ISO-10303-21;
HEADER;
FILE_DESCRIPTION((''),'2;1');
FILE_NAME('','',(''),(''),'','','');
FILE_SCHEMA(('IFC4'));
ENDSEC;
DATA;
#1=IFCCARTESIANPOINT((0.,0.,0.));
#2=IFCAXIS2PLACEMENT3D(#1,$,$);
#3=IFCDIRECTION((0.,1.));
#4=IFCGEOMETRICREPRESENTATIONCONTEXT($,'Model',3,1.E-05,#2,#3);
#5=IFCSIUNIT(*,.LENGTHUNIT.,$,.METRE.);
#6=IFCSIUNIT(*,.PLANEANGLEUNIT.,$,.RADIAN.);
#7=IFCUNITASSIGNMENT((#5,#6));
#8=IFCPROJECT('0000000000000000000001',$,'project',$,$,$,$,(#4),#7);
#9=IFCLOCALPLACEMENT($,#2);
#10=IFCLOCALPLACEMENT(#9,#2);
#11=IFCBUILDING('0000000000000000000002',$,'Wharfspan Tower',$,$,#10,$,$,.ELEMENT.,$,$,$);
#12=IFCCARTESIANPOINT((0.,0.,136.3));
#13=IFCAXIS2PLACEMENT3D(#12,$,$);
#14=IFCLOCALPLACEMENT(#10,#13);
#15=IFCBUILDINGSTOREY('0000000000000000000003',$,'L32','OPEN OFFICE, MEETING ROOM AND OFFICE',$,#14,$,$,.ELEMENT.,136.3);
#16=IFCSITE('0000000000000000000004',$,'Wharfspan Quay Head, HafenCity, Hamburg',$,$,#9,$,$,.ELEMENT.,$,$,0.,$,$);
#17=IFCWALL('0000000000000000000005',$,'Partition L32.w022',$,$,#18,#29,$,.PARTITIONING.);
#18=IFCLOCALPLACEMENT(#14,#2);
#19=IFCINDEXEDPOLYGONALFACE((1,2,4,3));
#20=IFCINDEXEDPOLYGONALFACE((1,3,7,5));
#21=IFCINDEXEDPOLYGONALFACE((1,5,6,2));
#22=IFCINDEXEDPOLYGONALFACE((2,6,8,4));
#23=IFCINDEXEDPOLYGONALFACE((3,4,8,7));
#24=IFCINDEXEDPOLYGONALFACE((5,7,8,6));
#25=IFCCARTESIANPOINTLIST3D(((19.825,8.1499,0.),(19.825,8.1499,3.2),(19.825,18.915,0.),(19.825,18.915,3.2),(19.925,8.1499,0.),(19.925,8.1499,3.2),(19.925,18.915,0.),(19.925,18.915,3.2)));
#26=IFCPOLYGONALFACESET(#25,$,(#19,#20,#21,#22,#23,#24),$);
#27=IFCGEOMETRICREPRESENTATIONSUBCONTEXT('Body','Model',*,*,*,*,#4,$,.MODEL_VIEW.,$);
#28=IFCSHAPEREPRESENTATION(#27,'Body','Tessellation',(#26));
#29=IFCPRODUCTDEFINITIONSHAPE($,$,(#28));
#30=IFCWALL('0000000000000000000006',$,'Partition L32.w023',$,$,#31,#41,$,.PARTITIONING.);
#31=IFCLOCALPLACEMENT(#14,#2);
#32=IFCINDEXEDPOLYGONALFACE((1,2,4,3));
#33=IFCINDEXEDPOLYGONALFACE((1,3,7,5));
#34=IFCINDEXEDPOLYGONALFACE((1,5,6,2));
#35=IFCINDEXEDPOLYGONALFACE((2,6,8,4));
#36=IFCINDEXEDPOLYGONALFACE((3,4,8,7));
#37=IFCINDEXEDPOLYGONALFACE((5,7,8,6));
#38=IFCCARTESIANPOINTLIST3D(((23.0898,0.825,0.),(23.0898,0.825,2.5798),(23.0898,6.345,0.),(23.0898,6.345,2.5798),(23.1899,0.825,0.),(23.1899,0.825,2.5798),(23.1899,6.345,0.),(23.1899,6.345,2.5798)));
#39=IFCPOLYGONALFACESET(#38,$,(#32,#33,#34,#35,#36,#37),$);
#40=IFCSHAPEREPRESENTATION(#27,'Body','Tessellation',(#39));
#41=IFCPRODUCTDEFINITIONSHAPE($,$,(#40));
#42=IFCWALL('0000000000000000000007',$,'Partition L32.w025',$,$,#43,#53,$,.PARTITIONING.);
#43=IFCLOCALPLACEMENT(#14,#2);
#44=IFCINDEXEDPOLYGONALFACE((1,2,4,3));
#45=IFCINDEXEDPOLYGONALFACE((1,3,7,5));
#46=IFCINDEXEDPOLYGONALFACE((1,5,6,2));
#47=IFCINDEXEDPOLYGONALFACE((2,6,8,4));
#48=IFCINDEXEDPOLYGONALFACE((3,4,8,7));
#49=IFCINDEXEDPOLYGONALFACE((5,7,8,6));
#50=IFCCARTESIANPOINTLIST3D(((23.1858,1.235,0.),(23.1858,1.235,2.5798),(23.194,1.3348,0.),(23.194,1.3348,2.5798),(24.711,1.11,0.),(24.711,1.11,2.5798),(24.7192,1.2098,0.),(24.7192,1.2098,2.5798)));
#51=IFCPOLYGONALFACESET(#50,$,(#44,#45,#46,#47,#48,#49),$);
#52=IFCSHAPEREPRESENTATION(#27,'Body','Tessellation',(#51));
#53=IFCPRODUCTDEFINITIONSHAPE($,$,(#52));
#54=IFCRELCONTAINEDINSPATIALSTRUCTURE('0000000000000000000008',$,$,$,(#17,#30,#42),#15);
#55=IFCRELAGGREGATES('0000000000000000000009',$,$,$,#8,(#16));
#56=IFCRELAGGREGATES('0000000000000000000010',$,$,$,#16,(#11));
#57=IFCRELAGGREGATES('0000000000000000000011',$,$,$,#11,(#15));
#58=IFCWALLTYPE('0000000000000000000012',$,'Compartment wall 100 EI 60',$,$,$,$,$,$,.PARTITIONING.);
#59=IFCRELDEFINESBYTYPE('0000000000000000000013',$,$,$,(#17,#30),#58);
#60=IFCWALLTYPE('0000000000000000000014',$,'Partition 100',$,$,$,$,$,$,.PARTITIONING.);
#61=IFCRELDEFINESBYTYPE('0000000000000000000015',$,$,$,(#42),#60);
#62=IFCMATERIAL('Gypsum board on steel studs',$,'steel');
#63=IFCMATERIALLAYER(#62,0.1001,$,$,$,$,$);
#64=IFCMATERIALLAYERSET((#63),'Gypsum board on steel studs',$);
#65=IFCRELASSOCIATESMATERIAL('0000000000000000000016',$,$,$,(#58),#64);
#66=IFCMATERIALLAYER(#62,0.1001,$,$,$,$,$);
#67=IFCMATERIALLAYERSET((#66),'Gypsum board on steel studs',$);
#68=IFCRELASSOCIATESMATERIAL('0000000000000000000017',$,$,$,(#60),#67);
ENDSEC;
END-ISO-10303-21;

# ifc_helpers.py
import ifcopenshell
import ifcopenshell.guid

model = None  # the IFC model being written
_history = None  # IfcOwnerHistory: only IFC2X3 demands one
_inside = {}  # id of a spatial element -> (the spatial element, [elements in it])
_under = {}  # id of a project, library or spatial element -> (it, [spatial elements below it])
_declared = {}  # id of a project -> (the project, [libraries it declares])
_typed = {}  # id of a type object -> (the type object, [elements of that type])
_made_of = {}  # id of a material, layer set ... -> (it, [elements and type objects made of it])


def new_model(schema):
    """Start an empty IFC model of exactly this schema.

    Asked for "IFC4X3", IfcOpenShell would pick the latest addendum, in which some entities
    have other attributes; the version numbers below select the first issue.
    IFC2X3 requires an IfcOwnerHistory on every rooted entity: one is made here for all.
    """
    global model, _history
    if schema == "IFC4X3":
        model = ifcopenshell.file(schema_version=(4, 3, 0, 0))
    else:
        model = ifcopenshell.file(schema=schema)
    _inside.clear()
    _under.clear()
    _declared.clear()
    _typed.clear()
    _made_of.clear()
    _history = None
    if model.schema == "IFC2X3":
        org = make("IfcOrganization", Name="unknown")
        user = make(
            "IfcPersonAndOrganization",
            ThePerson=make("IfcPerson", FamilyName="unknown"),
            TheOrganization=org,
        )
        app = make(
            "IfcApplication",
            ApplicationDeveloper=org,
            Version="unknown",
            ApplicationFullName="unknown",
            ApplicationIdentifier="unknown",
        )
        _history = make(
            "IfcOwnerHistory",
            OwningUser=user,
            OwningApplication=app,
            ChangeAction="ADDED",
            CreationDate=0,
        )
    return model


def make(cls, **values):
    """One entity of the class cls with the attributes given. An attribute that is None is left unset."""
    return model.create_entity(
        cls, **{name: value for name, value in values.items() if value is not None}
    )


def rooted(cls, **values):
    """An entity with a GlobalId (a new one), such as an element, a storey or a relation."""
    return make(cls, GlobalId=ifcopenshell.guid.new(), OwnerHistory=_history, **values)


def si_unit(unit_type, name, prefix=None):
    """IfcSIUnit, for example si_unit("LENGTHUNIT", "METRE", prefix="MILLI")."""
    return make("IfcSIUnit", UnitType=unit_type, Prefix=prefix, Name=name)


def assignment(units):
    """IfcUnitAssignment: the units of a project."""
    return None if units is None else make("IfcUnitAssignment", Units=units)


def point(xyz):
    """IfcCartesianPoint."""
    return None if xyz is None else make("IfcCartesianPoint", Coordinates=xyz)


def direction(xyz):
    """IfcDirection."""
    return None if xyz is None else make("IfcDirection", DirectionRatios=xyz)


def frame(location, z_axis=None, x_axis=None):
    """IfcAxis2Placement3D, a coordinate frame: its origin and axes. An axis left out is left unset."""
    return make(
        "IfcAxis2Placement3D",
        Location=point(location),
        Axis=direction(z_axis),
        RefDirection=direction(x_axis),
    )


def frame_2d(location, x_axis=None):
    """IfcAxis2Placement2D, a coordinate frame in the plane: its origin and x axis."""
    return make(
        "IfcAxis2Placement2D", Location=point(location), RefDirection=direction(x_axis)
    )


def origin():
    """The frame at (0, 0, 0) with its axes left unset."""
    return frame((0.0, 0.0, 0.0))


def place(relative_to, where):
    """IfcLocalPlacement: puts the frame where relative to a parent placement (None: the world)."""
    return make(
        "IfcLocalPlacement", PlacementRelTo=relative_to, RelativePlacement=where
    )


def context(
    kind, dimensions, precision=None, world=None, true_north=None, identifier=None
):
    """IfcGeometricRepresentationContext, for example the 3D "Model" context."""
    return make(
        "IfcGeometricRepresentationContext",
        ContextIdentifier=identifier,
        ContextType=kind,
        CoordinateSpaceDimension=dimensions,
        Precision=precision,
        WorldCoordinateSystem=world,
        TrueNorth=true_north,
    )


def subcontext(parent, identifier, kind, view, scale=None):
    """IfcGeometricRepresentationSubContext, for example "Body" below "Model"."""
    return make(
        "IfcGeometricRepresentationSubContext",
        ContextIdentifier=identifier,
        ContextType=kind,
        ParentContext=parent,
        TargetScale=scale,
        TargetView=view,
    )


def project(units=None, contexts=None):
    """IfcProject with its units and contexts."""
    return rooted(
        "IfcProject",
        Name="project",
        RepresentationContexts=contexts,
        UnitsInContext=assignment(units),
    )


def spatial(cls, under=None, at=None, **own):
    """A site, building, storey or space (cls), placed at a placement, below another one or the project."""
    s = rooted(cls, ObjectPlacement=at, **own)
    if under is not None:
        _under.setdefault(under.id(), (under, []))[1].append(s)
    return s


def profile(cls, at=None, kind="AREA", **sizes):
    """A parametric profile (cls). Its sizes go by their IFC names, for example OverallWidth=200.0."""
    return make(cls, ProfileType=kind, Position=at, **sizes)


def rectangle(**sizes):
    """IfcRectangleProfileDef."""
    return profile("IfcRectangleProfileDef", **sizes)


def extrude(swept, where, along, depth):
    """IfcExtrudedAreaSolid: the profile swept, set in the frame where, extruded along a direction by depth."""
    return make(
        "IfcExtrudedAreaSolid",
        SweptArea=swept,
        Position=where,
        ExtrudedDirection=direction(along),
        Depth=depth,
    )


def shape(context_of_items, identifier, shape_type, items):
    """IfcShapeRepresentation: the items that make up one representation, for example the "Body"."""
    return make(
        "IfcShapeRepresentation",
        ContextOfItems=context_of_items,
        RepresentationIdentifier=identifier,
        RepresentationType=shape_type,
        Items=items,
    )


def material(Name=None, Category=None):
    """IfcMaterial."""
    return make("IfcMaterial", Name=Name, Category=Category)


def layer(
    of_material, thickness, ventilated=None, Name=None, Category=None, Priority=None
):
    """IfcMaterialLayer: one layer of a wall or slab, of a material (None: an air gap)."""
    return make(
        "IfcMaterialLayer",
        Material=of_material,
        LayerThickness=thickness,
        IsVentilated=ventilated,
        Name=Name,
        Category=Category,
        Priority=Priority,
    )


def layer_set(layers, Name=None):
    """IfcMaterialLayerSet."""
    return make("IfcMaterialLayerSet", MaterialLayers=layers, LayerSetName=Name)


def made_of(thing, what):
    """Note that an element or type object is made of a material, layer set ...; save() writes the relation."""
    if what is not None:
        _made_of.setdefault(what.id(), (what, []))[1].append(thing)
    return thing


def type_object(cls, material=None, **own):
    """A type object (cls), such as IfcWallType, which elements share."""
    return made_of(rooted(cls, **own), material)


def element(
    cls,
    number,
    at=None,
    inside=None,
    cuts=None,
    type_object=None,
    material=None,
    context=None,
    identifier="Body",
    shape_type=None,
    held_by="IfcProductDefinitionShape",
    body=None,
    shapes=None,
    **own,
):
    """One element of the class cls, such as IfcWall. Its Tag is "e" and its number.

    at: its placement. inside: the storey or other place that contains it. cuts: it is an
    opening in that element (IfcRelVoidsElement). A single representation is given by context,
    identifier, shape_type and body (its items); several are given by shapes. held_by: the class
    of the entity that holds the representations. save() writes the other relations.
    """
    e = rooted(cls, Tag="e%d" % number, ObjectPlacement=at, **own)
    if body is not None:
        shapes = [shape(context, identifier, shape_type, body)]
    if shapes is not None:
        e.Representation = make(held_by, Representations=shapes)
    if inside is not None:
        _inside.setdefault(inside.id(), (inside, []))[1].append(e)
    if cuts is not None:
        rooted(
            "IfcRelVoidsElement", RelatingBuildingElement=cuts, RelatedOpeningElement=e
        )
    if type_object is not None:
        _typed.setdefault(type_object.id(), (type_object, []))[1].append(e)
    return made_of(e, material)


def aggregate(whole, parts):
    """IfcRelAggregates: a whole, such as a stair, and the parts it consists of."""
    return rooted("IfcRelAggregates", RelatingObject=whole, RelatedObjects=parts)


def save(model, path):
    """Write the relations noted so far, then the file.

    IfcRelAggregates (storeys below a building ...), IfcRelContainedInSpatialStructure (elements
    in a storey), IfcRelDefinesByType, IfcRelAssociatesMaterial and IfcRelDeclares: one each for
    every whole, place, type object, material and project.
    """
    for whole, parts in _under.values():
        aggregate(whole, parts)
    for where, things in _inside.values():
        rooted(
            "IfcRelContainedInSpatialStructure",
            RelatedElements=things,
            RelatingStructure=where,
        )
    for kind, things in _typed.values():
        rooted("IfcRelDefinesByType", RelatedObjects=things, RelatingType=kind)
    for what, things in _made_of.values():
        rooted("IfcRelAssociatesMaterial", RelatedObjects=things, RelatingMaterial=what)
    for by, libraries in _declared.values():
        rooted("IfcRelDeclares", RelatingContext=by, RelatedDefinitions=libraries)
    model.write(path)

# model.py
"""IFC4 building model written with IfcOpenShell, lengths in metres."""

from ifc_helpers import new_model, si_unit, direction, frame, frame_2d, origin, place, context, subcontext, project, spatial, rectangle, extrude, material, layer, layer_set, type_object, element, save


model = new_model("IFC4")

# Units and contexts
model_context = context("Model", 3, precision=1e-05, world=origin(), true_north=direction((0.0, 1.0)))
body_context = subcontext(model_context, "Body", "Model", "MODEL_VIEW")
ifc_project = project(units=[si_unit("LENGTHUNIT", "METRE"), si_unit("PLANEANGLEUNIT", "RADIAN")], contexts=[model_context])

# Site, building, storey
site_placement = place(None, origin())
site = spatial("IfcSite", under=ifc_project, at=site_placement, Name="Wharfspan Quay Head, HafenCity, Hamburg", CompositionType="ELEMENT", RefElevation=0.0)
building_placement = place(site_placement, origin())
building = spatial("IfcBuilding", under=site, at=building_placement, Name="Wharfspan Tower", CompositionType="ELEMENT")
storey_placement = place(building_placement, frame((0.0, 0.0, 136.3)))
storey = spatial("IfcBuildingStorey", under=building, at=storey_placement, Name="L32", Description="OPEN OFFICE, MEETING ROOM AND OFFICE", CompositionType="ELEMENT", Elevation=136.3)

# Shared definitions
ifc_material_1 = material(Name="Gypsum board on steel studs", Category="steel")
ifc_layer_1 = layer(ifc_material_1, 0.1001)
ifc_layer_set_1 = layer_set([ifc_layer_1], Name="Gypsum board on steel studs")
wall_type_1 = type_object("IfcWallType", Name="Compartment wall 100 EI 60", PredefinedType="PARTITIONING", material=ifc_layer_set_1)

# Walls
wall_1_placement = place(storey_placement, frame((19.875, 8.1499, 0.0), z_axis=(0.0, 0.0, 1.0), x_axis=(0.0, 1.0, 0.0)))
element("IfcWall", 1, at=wall_1_placement, inside=storey, type_object=wall_type_1, Name="Partition L32.w022", PredefinedType="PARTITIONING", context=body_context, shape_type="SweptSolid", body=[
    extrude(rectangle(XDim=10.7651, YDim=0.1001, at=frame_2d((5.3826, 0.0))), origin(), (0.0, 0.0, 1.0), 3.2),
])
wall_2_placement = place(storey_placement, frame((23.1399, 0.825, 0.0), z_axis=(0.0, 0.0, 1.0), x_axis=(0.0, 1.0, 0.0)))
element("IfcWall", 2, at=wall_2_placement, inside=storey, type_object=wall_type_1, Name="Partition L32.w023", PredefinedType="PARTITIONING", context=body_context, shape_type="SweptSolid", body=[
    extrude(rectangle(XDim=5.52, YDim=0.1001, at=frame_2d((2.76, 0.0))), origin(), (0.0, 0.0, 1.0), 2.5798),
])
ifc_layer_2 = layer(ifc_material_1, 0.1001)
ifc_layer_set_2 = layer_set([ifc_layer_2], Name="Gypsum board on steel studs")
wall_type_2 = type_object("IfcWallType", Name="Partition 100", PredefinedType="PARTITIONING", material=ifc_layer_set_2)
wall_3_placement = place(storey_placement, frame((24.7151, 1.1599, 0.0), z_axis=(0.0, 0.0, 1.0), x_axis=(-0.996654, 0.081685, 0.0)))
element("IfcWall", 3, at=wall_3_placement, inside=storey, type_object=wall_type_2, Name="Partition L32.w025", PredefinedType="PARTITIONING", context=body_context, shape_type="SweptSolid", body=[
    extrude(rectangle(XDim=1.5303, YDim=0.1001, at=frame_2d((0.7651, 0.0))), origin(), (0.0, 0.0, 1.0), 2.5798),
])

save(model, "model.ifc")
